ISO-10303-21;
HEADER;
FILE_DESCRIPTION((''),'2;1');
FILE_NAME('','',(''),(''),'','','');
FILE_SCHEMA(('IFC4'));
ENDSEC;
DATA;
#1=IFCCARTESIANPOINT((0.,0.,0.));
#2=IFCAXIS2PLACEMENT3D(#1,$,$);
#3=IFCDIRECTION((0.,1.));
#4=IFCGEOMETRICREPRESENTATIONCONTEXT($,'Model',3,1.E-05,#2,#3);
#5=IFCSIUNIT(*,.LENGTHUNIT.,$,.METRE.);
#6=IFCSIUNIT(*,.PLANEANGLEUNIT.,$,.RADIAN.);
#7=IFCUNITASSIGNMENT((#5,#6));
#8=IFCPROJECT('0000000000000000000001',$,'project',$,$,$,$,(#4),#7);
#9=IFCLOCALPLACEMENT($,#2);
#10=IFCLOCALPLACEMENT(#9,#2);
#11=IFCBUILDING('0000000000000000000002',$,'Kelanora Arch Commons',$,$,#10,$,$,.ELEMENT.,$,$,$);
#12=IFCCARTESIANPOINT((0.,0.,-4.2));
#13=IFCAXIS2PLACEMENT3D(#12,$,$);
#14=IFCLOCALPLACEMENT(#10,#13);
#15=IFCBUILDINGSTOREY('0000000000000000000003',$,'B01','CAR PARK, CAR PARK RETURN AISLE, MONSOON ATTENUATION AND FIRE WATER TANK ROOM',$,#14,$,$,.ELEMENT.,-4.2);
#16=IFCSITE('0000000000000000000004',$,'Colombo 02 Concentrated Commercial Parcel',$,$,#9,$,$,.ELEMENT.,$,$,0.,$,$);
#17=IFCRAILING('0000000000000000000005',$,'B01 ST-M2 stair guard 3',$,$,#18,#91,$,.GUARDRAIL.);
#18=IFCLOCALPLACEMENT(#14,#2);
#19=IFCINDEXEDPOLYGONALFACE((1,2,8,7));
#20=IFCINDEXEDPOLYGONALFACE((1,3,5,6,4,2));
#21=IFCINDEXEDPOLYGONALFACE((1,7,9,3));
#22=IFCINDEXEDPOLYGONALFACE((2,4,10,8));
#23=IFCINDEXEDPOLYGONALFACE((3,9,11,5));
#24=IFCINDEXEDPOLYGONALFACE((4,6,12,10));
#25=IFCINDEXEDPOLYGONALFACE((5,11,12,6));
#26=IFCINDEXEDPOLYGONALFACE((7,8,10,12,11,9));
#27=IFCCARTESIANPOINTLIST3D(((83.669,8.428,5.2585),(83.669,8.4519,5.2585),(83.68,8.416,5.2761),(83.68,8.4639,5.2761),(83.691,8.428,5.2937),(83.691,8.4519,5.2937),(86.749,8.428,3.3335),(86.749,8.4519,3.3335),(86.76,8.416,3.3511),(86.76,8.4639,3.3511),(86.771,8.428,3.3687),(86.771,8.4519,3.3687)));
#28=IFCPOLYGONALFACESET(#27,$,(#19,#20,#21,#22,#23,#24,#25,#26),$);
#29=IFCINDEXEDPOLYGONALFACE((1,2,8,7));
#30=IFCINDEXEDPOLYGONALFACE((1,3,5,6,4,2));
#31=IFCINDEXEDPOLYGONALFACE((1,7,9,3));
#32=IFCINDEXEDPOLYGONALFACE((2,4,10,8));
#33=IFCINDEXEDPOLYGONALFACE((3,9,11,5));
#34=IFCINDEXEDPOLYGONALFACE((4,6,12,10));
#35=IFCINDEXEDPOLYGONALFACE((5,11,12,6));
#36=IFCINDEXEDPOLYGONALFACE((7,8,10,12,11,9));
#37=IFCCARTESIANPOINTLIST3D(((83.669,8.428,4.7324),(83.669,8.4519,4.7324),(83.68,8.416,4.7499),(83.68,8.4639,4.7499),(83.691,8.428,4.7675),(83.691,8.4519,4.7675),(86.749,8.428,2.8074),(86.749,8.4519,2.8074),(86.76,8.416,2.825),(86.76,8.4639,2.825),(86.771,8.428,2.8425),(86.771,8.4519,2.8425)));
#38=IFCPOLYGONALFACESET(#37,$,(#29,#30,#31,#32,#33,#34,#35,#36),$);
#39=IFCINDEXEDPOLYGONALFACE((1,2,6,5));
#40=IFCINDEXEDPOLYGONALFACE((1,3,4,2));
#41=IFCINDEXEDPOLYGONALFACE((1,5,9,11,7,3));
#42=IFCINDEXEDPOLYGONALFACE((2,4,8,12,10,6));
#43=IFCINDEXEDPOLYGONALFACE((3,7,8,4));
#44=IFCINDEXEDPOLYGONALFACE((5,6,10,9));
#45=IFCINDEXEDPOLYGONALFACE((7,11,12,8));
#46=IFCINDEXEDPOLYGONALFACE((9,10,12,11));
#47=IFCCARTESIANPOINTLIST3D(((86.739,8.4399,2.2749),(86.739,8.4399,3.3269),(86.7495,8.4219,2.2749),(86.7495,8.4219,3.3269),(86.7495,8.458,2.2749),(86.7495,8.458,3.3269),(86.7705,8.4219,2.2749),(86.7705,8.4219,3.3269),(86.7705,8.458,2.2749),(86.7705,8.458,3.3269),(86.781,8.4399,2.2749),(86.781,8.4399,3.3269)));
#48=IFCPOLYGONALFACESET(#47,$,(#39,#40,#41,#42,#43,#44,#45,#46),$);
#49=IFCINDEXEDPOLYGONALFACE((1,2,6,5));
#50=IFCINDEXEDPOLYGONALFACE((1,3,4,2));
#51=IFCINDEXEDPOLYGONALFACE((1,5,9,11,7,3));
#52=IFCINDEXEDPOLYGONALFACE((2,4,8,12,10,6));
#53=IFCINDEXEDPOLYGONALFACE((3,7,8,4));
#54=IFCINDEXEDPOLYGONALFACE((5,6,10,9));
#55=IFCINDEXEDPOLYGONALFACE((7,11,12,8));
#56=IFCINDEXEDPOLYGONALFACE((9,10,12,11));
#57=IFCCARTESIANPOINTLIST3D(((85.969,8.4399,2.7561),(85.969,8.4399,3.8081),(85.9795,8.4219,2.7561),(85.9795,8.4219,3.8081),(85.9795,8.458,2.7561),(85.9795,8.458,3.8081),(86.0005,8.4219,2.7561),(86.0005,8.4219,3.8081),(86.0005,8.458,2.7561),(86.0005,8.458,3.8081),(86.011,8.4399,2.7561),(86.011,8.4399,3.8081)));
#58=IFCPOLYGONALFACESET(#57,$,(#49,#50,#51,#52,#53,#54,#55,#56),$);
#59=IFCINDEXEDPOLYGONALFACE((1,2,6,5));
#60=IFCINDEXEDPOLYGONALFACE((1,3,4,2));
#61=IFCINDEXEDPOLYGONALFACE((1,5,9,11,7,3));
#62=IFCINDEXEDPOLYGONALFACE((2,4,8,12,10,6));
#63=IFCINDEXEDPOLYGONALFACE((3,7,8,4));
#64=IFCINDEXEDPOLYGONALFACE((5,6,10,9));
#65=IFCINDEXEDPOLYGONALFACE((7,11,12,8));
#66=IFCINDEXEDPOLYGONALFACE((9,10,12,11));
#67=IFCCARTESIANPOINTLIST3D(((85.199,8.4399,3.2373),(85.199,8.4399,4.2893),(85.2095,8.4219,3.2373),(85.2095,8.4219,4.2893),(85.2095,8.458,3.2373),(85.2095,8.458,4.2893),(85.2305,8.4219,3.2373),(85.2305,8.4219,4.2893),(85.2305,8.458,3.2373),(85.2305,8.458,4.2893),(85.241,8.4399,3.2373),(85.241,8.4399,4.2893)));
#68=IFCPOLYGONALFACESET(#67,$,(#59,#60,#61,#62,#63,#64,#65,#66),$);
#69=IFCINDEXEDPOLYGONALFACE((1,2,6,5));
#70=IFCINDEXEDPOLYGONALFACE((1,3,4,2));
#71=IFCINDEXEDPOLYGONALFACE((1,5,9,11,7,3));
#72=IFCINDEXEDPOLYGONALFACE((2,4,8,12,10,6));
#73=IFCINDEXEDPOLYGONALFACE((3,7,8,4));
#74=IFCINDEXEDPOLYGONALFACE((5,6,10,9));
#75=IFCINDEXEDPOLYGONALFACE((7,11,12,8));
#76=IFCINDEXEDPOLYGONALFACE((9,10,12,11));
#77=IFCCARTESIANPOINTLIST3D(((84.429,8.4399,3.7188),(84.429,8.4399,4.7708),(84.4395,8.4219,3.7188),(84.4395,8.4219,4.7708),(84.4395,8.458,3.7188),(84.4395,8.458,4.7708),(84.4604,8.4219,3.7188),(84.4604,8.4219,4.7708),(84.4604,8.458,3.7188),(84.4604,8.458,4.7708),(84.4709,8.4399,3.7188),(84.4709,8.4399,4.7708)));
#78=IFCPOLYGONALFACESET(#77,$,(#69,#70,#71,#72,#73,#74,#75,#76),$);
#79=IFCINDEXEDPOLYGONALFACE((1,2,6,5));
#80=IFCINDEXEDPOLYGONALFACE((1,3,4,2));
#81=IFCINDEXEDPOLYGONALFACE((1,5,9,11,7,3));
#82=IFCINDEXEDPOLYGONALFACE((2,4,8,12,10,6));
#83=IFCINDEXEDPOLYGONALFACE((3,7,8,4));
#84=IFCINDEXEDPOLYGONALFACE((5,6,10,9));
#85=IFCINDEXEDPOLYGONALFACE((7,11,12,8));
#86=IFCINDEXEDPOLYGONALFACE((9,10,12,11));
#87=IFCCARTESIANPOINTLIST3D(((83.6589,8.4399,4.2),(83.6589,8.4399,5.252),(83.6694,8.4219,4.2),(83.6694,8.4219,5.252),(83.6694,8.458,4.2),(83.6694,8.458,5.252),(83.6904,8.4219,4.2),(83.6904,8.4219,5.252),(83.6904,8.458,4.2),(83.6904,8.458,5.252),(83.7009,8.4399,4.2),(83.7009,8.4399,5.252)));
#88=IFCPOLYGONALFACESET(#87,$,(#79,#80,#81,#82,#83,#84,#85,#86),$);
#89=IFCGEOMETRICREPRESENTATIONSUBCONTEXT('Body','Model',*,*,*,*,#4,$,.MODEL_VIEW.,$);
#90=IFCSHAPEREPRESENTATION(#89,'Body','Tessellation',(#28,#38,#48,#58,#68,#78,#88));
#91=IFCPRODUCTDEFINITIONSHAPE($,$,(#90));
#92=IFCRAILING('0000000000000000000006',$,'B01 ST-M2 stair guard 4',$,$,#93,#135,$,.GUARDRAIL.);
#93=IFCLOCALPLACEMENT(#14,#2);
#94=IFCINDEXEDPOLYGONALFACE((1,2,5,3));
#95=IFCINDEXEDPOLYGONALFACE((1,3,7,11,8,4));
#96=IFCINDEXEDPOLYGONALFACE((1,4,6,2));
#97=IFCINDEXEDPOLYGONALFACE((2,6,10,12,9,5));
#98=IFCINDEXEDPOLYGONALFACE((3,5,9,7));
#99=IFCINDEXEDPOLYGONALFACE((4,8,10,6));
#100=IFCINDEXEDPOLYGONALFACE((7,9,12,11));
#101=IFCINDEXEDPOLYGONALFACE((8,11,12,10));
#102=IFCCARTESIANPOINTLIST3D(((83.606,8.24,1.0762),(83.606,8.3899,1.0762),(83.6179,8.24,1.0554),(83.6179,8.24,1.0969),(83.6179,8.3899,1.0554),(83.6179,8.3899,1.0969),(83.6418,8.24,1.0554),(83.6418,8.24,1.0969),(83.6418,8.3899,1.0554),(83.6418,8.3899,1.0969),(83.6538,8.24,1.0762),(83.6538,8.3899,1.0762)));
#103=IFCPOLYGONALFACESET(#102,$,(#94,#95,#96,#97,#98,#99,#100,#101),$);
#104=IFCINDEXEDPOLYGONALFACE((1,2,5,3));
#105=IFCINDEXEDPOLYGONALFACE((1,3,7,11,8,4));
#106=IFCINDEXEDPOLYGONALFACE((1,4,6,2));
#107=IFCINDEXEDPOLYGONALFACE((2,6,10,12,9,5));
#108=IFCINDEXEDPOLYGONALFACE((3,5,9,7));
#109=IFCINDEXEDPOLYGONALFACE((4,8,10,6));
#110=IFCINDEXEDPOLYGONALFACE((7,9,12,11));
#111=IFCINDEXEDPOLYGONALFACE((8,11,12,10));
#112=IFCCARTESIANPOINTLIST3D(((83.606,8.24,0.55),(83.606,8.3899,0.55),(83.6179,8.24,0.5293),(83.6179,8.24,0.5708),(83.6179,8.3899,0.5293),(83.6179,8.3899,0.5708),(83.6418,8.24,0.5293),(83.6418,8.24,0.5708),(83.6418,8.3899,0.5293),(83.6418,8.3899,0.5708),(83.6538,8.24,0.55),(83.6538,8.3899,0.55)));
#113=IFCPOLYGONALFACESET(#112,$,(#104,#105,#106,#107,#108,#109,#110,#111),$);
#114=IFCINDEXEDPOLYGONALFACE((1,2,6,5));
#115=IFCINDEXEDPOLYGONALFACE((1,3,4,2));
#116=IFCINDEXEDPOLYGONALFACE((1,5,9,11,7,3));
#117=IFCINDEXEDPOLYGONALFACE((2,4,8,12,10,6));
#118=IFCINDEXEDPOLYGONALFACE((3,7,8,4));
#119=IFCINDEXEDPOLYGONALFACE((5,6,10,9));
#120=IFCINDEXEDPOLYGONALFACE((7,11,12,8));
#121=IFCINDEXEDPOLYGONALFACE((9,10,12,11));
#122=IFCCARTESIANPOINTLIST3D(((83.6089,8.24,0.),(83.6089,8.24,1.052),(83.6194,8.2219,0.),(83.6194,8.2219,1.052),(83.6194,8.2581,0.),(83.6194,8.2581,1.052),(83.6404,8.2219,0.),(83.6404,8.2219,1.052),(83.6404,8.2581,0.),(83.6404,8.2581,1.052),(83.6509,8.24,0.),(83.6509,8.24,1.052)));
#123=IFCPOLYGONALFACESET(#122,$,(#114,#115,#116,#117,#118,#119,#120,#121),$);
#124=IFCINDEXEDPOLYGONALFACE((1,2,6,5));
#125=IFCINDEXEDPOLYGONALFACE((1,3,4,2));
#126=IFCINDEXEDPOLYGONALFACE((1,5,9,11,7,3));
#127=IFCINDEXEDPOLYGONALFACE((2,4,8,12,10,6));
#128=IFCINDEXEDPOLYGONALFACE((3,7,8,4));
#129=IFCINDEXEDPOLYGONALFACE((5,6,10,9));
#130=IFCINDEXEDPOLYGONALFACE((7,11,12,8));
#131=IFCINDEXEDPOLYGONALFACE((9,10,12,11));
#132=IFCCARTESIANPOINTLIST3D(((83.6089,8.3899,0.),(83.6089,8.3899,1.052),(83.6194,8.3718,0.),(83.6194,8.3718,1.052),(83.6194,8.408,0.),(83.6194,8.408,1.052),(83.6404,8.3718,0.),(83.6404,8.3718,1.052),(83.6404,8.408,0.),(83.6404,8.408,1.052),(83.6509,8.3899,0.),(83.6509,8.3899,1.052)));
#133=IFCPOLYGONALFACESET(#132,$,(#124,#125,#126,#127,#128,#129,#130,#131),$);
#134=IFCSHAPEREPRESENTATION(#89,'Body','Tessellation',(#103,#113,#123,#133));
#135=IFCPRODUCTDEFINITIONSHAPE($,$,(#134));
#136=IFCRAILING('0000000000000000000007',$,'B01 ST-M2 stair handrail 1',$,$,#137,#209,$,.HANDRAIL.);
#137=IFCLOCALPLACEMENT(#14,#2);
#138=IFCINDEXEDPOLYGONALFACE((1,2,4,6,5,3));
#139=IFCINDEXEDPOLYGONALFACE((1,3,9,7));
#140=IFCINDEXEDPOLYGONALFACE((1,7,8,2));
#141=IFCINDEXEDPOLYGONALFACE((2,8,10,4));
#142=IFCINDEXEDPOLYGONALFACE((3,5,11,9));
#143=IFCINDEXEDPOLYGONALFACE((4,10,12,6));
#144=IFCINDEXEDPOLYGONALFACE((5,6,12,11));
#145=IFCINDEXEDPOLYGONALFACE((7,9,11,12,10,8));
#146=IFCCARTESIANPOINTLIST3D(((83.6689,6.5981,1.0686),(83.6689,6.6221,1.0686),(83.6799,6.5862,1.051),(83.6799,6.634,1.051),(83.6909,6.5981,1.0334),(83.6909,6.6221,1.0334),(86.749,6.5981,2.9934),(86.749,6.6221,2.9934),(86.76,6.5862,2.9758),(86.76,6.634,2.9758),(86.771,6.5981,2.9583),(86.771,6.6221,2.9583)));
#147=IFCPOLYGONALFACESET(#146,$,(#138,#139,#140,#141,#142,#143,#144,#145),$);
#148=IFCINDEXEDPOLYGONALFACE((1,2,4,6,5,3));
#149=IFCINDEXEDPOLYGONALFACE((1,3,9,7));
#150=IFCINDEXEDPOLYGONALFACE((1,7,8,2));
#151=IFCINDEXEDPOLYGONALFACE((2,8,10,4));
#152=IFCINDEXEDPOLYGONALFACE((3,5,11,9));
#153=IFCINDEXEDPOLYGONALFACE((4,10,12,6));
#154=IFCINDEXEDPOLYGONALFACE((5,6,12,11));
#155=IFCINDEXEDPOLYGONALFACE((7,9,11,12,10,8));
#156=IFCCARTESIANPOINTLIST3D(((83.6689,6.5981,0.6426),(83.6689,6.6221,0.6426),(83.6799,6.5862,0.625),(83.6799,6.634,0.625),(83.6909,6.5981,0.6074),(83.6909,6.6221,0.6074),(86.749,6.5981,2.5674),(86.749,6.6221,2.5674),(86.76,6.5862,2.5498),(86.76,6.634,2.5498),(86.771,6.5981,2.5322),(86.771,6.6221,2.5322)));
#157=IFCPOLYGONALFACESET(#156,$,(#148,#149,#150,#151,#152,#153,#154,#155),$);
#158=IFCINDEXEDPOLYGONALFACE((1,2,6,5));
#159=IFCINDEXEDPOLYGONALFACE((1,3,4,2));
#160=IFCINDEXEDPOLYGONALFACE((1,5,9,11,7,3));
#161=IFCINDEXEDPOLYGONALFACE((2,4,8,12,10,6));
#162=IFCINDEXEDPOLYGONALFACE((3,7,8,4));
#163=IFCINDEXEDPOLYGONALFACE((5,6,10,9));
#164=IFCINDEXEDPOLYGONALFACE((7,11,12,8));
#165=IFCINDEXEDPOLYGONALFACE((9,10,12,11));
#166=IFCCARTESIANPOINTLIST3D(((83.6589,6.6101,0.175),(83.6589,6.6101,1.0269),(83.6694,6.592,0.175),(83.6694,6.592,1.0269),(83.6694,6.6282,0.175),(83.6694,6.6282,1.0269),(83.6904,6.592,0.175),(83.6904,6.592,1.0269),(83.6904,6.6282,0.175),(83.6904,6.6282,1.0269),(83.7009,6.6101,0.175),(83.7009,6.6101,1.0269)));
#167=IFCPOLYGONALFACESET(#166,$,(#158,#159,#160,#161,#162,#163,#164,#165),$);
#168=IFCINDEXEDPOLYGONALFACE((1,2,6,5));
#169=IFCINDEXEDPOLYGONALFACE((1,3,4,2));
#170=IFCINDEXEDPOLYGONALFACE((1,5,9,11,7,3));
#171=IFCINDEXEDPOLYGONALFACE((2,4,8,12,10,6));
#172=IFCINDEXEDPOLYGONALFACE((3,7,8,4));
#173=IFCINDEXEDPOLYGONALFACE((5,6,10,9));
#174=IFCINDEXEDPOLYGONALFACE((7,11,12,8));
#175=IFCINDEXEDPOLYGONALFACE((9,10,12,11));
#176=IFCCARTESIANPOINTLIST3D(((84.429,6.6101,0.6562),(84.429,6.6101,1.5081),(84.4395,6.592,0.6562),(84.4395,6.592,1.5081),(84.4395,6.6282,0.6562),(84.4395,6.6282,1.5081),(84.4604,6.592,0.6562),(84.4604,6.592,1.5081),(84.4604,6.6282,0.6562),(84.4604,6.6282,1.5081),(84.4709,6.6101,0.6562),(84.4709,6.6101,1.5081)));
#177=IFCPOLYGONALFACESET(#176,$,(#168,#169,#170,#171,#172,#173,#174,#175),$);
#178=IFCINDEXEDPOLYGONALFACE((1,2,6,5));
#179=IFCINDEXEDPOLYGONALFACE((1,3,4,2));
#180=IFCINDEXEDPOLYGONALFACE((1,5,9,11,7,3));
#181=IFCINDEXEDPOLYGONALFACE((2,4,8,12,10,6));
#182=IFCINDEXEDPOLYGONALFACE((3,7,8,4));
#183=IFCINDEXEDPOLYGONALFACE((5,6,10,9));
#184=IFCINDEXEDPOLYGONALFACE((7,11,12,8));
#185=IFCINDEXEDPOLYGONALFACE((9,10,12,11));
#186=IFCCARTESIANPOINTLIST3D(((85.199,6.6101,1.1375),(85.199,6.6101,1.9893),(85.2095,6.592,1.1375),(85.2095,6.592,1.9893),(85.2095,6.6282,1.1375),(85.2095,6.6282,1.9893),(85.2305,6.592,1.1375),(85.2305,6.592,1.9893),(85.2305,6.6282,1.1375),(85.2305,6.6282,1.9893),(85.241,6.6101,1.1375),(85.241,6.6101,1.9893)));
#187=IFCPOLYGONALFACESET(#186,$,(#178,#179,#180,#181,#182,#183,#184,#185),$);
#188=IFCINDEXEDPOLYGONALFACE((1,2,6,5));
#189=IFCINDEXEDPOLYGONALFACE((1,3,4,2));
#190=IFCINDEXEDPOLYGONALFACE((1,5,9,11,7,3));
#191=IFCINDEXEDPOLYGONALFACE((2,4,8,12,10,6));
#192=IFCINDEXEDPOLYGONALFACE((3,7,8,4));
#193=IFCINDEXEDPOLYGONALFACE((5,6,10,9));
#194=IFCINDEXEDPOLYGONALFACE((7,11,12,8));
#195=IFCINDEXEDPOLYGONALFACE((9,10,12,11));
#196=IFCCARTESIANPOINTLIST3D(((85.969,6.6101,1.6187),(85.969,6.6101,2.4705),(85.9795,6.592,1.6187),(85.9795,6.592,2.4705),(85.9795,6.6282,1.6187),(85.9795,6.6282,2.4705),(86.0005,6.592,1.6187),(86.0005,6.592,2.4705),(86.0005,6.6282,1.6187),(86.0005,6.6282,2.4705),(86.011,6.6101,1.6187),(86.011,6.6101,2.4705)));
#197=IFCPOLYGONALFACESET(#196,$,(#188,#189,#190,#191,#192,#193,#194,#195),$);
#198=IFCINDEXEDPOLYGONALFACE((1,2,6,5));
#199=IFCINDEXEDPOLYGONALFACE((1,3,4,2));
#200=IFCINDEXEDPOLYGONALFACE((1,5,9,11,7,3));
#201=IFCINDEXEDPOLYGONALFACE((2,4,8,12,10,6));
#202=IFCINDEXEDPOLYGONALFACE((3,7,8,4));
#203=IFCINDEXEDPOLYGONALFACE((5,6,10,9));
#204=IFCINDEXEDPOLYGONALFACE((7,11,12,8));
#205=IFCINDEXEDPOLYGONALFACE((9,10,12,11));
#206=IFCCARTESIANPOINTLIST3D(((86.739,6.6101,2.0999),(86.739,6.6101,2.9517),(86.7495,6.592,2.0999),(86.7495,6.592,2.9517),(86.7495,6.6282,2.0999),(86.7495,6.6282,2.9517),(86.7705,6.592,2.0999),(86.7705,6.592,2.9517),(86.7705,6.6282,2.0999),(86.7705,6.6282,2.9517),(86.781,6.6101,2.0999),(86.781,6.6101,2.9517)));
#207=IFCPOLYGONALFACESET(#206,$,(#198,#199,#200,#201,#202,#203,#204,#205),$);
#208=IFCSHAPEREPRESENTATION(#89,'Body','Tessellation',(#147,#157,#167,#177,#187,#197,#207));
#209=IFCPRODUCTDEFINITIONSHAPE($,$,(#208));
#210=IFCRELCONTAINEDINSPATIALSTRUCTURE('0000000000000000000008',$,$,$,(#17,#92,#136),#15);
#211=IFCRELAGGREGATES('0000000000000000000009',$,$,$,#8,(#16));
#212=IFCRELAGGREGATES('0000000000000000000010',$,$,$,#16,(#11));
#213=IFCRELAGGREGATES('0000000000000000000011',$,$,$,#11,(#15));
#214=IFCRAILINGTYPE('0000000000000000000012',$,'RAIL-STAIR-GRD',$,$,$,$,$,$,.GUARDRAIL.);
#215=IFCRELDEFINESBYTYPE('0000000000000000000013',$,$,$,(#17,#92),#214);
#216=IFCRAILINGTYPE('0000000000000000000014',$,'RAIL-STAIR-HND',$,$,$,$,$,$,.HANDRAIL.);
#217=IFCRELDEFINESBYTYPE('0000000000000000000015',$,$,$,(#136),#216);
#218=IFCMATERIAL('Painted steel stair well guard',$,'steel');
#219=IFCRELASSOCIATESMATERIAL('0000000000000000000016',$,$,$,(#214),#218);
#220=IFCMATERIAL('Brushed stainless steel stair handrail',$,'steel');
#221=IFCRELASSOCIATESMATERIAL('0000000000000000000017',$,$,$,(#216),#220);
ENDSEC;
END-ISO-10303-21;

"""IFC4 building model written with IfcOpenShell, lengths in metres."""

from ifc_helpers import new_model, si_unit, direction, frame, origin, place, context, subcontext, project, spatial, polyline, outline, extrude, material, type_object, element, save


model = new_model("IFC4")

# Units and contexts
model_context = context("Model", 3, precision=1e-05, world=origin(), true_north=direction((0.0, 1.0)))
body_context = subcontext(model_context, "Body", "Model", "MODEL_VIEW")
ifc_project = project(units=[si_unit("LENGTHUNIT", "METRE"), si_unit("PLANEANGLEUNIT", "RADIAN")], contexts=[model_context])

# Site, building, storey
site_placement = place(None, origin())
site = spatial("IfcSite", under=ifc_project, at=site_placement, Name="Colombo 02 Concentrated Commercial Parcel", CompositionType="ELEMENT", RefElevation=0.0)
building_placement = place(site_placement, origin())
building = spatial("IfcBuilding", under=site, at=building_placement, Name="Kelanora Arch Commons", CompositionType="ELEMENT")
storey_placement = place(building_placement, frame((0.0, 0.0, -4.2)))
storey = spatial("IfcBuildingStorey", under=building, at=storey_placement, Name="B01", Description="CAR PARK, CAR PARK RETURN AISLE, MONSOON ATTENUATION AND FIRE WATER TANK ROOM", CompositionType="ELEMENT", Elevation=-4.2)

# Railings
ifc_material_1 = material(Name="Painted steel stair well guard", Category="steel")
railing_type_1 = type_object("IfcRailingType", Name="RAIL-STAIR-GRD", PredefinedType="GUARDRAIL", material=ifc_material_1)
railing_1_placement = place(storey_placement, frame((86.76, 8.4399, 2.2749)))
element("IfcRailing", 1, at=railing_1_placement, inside=storey, type_object=railing_type_1, Name="B01 ST-M2 stair guard 3", PredefinedType="GUARDRAIL", context=body_context, shape_type="SweptSolid", body=[
    extrude(outline(polyline([(0.0239, 0.0), (0.012, 0.0208), (-0.012, 0.0208), (-0.0239, 0.0), (-0.012, -0.0208), (0.012, -0.0208), (0.0239, 0.0)])), frame((0.0, 0.0, 1.0762), z_axis=(-0.847998, 0.0, 0.529999), x_axis=(0.0, -1.0, 0.0)), (0.0, 0.0, 1.0), 3.6321),
    extrude(outline(polyline([(0.0239, 0.0), (0.012, 0.0208), (-0.012, 0.0208), (-0.0239, 0.0), (-0.012, -0.0208), (0.012, -0.0208), (0.0239, 0.0)])), frame((0.0, 0.0, 0.55), z_axis=(-0.847998, 0.0, 0.529999), x_axis=(0.0, -1.0, 0.0)), (0.0, 0.0, 1.0), 3.6321),
    extrude(outline(polyline([(0.021, 0.0), (0.0105, 0.0181), (-0.0105, 0.0181), (-0.021, 0.0), (-0.0105, -0.0181), (0.0105, -0.0181), (0.021, 0.0)])), origin(), (0.0, 0.0, 1.0), 1.052),
    extrude(outline(polyline([(0.021, 0.0), (0.0105, 0.0181), (-0.0105, 0.0181), (-0.021, 0.0), (-0.0105, -0.0181), (0.0105, -0.0181), (0.021, 0.0)])), frame((-0.77, 0.0, 0.4812)), (0.0, 0.0, 1.0), 1.052),
    extrude(outline(polyline([(0.021, 0.0), (0.0105, 0.0181), (-0.0105, 0.0181), (-0.021, 0.0), (-0.0105, -0.0181), (0.0105, -0.0181), (0.021, 0.0)])), frame((-1.54, 0.0, 0.9624)), (0.0, 0.0, 1.0), 1.052),
    extrude(outline(polyline([(0.021, 0.0), (0.0105, 0.0181), (-0.0105, 0.0181), (-0.021, 0.0), (-0.0105, -0.0181), (0.0105, -0.0181), (0.021, 0.0)])), frame((-2.3101, 0.0, 1.4438)), (0.0, 0.0, 1.0), 1.052),
    extrude(outline(polyline([(0.021, 0.0), (0.0105, 0.0181), (-0.0105, 0.0181), (-0.021, 0.0), (-0.0105, -0.0181), (0.0105, -0.0181), (0.021, 0.0)])), frame((-3.0801, 0.0, 1.925)), (0.0, 0.0, 1.0), 1.052),
])
railing_2_placement = place(storey_placement, frame((83.6299, 8.24, 0.0)))
element("IfcRailing", 2, at=railing_2_placement, inside=storey, type_object=railing_type_1, Name="B01 ST-M2 stair guard 4", PredefinedType="GUARDRAIL", context=body_context, shape_type="SweptSolid", body=[
    extrude(outline(polyline([(0.0239, 0.0), (0.012, 0.0208), (-0.012, 0.0208), (-0.0239, 0.0), (-0.012, -0.0208), (0.012, -0.0208), (0.0239, 0.0)])), frame((0.0, 0.0, 1.0762), z_axis=(0.0, 1.0, 0.0), x_axis=(-1.0, 0.0, 0.0)), (0.0, 0.0, 1.0), 0.1499),
    extrude(outline(polyline([(0.0239, 0.0), (0.012, 0.0208), (-0.012, 0.0208), (-0.0239, 0.0), (-0.012, -0.0208), (0.012, -0.0208), (0.0239, 0.0)])), frame((0.0, 0.0, 0.55), z_axis=(0.0, 1.0, 0.0), x_axis=(-1.0, 0.0, 0.0)), (0.0, 0.0, 1.0), 0.1499),
    extrude(outline(polyline([(0.021, 0.0), (0.0105, 0.0181), (-0.0105, 0.0181), (-0.021, 0.0), (-0.0105, -0.0181), (0.0105, -0.0181), (0.021, 0.0)])), origin(), (0.0, 0.0, 1.0), 1.052),
    extrude(outline(polyline([(0.021, 0.0), (0.0105, 0.0181), (-0.0105, 0.0181), (-0.021, 0.0), (-0.0105, -0.0181), (0.0105, -0.0181), (0.021, 0.0)])), frame((0.0, 0.1499, 0.0)), (0.0, 0.0, 1.0), 1.052),
])
ifc_material_2 = material(Name="Brushed stainless steel stair handrail", Category="steel")
railing_type_2 = type_object("IfcRailingType", Name="RAIL-STAIR-HND", PredefinedType="HANDRAIL", material=ifc_material_2)
railing_3_placement = place(storey_placement, frame((83.6799, 6.6101, 0.175)))
element("IfcRailing", 3, at=railing_3_placement, inside=storey, type_object=railing_type_2, Name="B01 ST-M2 stair handrail 1", PredefinedType="HANDRAIL", context=body_context, shape_type="SweptSolid", body=[
    extrude(outline(polyline([(0.0239, 0.0), (0.012, 0.0208), (-0.012, 0.0208), (-0.0239, 0.0), (-0.012, -0.0208), (0.012, -0.0208), (0.0239, 0.0)])), frame((0.0, 0.0, 0.876), z_axis=(0.848029, 0.0, 0.529951), x_axis=(0.0, 1.0, 0.0)), (0.0, 0.0, 1.0), 3.6321),
    extrude(outline(polyline([(0.0239, 0.0), (0.012, 0.0208), (-0.012, 0.0208), (-0.0239, 0.0), (-0.012, -0.0208), (0.012, -0.0208), (0.0239, 0.0)])), frame((0.0, 0.0, 0.45), z_axis=(0.848029, 0.0, 0.529951), x_axis=(0.0, 1.0, 0.0)), (0.0, 0.0, 1.0), 3.6321),
    extrude(outline(polyline([(0.021, 0.0), (0.0105, 0.0181), (-0.0105, 0.0181), (-0.021, 0.0), (-0.0105, -0.0181), (0.0105, -0.0181), (0.021, 0.0)])), origin(), (0.0, 0.0, 1.0), 0.8518),
    extrude(outline(polyline([(0.021, 0.0), (0.0105, 0.0181), (-0.0105, 0.0181), (-0.021, 0.0), (-0.0105, -0.0181), (0.0105, -0.0181), (0.021, 0.0)])), frame((0.77, 0.0, 0.4812)), (0.0, 0.0, 1.0), 0.8518),
    extrude(outline(polyline([(0.021, 0.0), (0.0105, 0.0181), (-0.0105, 0.0181), (-0.021, 0.0), (-0.0105, -0.0181), (0.0105, -0.0181), (0.021, 0.0)])), frame((1.54, 0.0, 0.9624)), (0.0, 0.0, 1.0), 0.8518),
    extrude(outline(polyline([(0.021, 0.0), (0.0105, 0.0181), (-0.0105, 0.0181), (-0.021, 0.0), (-0.0105, -0.0181), (0.0105, -0.0181), (0.021, 0.0)])), frame((2.3101, 0.0, 1.4436)), (0.0, 0.0, 1.0), 0.8518),
    extrude(outline(polyline([(0.021, 0.0), (0.0105, 0.0181), (-0.0105, 0.0181), (-0.021, 0.0), (-0.0105, -0.0181), (0.0105, -0.0181), (0.021, 0.0)])), frame((3.0801, 0.0, 1.9248)), (0.0, 0.0, 1.0), 0.8518),
])

save(model, "model.ifc")
